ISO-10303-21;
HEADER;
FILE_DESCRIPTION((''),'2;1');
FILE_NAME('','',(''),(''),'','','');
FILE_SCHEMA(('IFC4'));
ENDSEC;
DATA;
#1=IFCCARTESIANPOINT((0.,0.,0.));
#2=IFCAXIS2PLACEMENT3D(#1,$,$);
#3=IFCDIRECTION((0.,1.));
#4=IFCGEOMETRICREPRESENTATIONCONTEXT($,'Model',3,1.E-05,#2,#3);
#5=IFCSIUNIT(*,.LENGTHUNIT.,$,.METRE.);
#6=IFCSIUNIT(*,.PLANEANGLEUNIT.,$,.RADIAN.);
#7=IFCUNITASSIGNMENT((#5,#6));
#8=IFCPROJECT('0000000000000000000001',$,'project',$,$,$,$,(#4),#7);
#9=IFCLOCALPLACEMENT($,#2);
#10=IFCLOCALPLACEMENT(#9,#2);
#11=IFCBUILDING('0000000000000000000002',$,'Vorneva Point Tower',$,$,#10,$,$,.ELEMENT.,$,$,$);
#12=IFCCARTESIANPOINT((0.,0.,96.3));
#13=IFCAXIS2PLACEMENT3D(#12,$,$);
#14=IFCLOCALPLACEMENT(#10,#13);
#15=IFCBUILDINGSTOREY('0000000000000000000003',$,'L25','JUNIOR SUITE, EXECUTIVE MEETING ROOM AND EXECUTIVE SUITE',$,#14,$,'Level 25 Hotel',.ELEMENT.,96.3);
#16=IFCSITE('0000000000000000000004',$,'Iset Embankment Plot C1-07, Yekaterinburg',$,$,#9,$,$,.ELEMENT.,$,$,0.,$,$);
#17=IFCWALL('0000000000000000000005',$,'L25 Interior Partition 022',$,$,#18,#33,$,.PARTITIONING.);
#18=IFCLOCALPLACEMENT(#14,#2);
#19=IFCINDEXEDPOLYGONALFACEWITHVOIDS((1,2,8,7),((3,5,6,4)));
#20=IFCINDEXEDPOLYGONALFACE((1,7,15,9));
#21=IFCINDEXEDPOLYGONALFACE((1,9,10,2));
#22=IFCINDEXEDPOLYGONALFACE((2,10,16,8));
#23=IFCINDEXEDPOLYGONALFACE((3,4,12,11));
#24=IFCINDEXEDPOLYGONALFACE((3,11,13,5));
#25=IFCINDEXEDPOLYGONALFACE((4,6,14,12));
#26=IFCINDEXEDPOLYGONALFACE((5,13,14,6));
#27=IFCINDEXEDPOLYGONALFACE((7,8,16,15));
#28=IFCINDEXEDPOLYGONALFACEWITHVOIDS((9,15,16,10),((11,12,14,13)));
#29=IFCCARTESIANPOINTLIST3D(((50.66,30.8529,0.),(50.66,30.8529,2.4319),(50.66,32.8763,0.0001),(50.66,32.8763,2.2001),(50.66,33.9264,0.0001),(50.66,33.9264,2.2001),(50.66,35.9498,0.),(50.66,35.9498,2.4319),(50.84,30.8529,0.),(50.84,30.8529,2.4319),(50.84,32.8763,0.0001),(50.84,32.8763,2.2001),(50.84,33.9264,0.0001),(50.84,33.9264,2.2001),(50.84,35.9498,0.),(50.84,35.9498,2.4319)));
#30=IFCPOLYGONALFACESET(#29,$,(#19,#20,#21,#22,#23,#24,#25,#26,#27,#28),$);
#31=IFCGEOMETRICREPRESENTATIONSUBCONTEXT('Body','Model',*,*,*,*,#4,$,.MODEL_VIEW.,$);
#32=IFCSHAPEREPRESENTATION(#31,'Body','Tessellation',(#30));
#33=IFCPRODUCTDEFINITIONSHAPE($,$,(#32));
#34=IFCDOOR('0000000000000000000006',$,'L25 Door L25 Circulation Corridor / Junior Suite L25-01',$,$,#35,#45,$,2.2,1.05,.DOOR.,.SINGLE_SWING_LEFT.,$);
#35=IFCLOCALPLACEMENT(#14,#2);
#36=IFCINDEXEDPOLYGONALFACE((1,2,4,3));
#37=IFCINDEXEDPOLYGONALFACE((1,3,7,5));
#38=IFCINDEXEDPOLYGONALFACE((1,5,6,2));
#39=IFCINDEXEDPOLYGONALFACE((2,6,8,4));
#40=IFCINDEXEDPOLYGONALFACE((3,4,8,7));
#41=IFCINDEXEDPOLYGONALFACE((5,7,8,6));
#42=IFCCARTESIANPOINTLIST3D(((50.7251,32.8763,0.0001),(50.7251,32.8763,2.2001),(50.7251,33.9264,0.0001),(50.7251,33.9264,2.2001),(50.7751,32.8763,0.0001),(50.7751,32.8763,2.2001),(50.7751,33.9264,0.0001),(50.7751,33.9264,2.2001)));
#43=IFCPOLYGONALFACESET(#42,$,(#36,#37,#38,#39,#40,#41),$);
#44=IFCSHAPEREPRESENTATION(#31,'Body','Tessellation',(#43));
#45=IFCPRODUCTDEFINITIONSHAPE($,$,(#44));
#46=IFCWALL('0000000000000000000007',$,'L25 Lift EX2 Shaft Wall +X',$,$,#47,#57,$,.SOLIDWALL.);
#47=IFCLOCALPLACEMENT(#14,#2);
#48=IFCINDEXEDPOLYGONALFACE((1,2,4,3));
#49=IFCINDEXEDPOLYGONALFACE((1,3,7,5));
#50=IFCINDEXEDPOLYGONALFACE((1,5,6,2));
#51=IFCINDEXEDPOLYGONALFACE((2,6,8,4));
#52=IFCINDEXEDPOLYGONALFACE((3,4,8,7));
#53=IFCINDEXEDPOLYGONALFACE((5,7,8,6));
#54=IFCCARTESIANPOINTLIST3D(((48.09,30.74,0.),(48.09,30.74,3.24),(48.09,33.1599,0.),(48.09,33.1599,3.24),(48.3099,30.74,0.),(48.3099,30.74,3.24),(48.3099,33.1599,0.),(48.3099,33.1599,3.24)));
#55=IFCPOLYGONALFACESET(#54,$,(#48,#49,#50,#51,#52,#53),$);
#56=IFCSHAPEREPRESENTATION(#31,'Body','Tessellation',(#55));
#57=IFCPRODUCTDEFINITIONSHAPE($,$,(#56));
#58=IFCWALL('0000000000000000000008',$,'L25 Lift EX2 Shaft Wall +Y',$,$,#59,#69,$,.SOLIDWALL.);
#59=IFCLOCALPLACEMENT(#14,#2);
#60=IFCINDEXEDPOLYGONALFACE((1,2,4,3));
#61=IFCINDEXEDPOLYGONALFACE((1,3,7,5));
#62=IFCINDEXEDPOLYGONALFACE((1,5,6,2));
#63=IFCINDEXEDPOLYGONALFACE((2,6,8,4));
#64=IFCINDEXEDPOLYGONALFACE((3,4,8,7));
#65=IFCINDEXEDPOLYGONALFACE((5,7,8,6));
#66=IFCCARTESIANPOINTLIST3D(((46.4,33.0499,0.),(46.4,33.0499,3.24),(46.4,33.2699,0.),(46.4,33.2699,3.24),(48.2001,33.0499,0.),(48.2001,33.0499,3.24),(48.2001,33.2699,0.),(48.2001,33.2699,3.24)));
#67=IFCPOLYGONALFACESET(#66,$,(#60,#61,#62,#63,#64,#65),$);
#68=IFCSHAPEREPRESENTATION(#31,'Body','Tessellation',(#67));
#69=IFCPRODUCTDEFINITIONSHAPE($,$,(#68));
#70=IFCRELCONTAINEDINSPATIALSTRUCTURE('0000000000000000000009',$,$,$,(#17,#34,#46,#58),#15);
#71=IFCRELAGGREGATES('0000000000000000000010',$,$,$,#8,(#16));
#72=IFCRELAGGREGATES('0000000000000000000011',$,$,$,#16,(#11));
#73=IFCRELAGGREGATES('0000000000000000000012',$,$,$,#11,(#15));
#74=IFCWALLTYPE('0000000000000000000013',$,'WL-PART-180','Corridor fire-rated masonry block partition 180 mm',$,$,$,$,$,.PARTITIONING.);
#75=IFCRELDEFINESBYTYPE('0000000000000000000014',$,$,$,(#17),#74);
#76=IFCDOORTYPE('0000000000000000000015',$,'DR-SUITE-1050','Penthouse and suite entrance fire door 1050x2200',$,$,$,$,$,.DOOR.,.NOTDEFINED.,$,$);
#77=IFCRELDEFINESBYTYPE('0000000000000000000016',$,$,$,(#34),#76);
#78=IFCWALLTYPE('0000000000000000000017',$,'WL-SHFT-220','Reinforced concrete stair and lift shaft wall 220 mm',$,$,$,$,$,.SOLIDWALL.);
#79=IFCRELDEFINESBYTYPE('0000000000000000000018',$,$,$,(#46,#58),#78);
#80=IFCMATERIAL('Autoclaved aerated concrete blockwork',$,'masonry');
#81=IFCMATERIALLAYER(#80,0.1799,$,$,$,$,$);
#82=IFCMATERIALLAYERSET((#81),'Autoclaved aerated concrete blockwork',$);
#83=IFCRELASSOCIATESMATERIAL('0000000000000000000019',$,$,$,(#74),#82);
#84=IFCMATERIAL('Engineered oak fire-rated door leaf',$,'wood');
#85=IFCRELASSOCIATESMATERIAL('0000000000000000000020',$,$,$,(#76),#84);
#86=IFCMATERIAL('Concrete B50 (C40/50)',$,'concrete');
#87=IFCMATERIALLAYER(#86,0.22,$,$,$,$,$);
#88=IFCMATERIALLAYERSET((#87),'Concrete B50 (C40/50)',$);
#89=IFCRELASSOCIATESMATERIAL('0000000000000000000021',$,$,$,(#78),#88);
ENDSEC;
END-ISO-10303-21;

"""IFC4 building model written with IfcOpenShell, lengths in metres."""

from ifc_helpers import new_model, si_unit, direction, frame, frame_2d, origin, place, context, subcontext, project, spatial, rectangle, extrude, material, layer, layer_set, type_object, element, fill, save


model = new_model("IFC4")

# Units and contexts
model_context = context("Model", 3, precision=1e-05, world=origin(), true_north=direction((0.0, 1.0)))
body_context = subcontext(model_context, "Body", "Model", "MODEL_VIEW")
ifc_project = project(units=[si_unit("LENGTHUNIT", "METRE"), si_unit("PLANEANGLEUNIT", "RADIAN")], contexts=[model_context])

# Site, building, storey
site_placement = place(None, origin())
site = spatial("IfcSite", under=ifc_project, at=site_placement, Name="Iset Embankment Plot C1-07, Yekaterinburg", CompositionType="ELEMENT", RefElevation=0.0)
building_placement = place(site_placement, origin())
building = spatial("IfcBuilding", under=site, at=building_placement, Name="Vorneva Point Tower", CompositionType="ELEMENT")
storey_placement = place(building_placement, frame((0.0, 0.0, 96.3)))
storey = spatial("IfcBuildingStorey", under=building, at=storey_placement, Name="L25", Description="JUNIOR SUITE, EXECUTIVE MEETING ROOM AND EXECUTIVE SUITE", LongName="Level 25 Hotel", CompositionType="ELEMENT", Elevation=96.3)

# Shared definitions
ifc_material_1 = material(Name="Engineered oak fire-rated door leaf", Category="wood")

# Wall, opening, door
ifc_material_2 = material(Name="Autoclaved aerated concrete blockwork", Category="masonry")
ifc_layer_1 = layer(ifc_material_2, 0.1799)
ifc_layer_set_1 = layer_set([ifc_layer_1], Name="Autoclaved aerated concrete blockwork")
wall_type_1 = type_object("IfcWallType", Name="WL-PART-180", Description="Corridor fire-rated masonry block partition 180 mm", PredefinedType="PARTITIONING", material=ifc_layer_set_1)
wall_1_placement = place(storey_placement, frame((50.75, 30.853, 0.0), z_axis=(0.0, 0.0, 1.0), x_axis=(0.0, 1.0, 0.0)))
wall_1 = element("IfcWall", 1, at=wall_1_placement, inside=storey, type_object=wall_type_1, Name="L25 Interior Partition 022", PredefinedType="PARTITIONING", context=body_context, shape_type="SweptSolid", body=[
    extrude(rectangle(XDim=5.0969, YDim=0.1799, at=frame_2d((2.5483, 0.0))), origin(), (0.0, 0.0, 1.0), 2.4319),
])
opening_1_placement = place(wall_1_placement, frame((2.0234, 0.0, 0.0)))
opening_1 = element("IfcOpeningElement", 2, at=opening_1_placement, cuts=wall_1, PredefinedType="OPENING", context=body_context, shape_type="SweptSolid", body=[
    extrude(rectangle(XDim=1.05, YDim=2.2, at=frame_2d((0.5249, 1.1001))), frame((0.0, 0.105, 0.0), z_axis=(0.0, -1.0, 0.0), x_axis=(1.0, 0.0, 0.0)), (0.0, 0.0, 1.0), 0.2097),
])
door_type_1 = type_object("IfcDoorType", Name="DR-SUITE-1050", Description="Penthouse and suite entrance fire door 1050x2200", OperationType="NOTDEFINED", PredefinedType="DOOR", material=ifc_material_1)
door_1_placement = place(opening_1_placement, origin())
door_1 = element("IfcDoor", 3, at=door_1_placement, inside=storey, type_object=door_type_1, Name="L25 Door L25 Circulation Corridor / Junior Suite L25-01", OperationType="SINGLE_SWING_LEFT", OverallHeight=2.2, OverallWidth=1.05, PredefinedType="DOOR", context=body_context, shape_type="SweptSolid", body=[
    extrude(rectangle(XDim=1.05, YDim=2.2, at=frame_2d((0.5249, 1.1001))), frame((0.0, 0.0249, 0.0), z_axis=(0.0, -1.0, 0.0), x_axis=(1.0, 0.0, 0.0)), (0.0, 0.0, 1.0), 0.05),
])
fill(opening_1, door_1)

# Walls
ifc_material_3 = material(Name="Concrete B50 (C40/50)", Category="concrete")
ifc_layer_2 = layer(ifc_material_3, 0.22)
ifc_layer_set_2 = layer_set([ifc_layer_2], Name="Concrete B50 (C40/50)")
wall_type_2 = type_object("IfcWallType", Name="WL-SHFT-220", Description="Reinforced concrete stair and lift shaft wall 220 mm", PredefinedType="SOLIDWALL", material=ifc_layer_set_2)
wall_2_placement = place(storey_placement, frame((48.2, 30.74, 0.0), z_axis=(0.0, 0.0, 1.0), x_axis=(0.0, 1.0, 0.0)))
element("IfcWall", 4, at=wall_2_placement, inside=storey, type_object=wall_type_2, Name="L25 Lift EX2 Shaft Wall +X", PredefinedType="SOLIDWALL", context=body_context, shape_type="SweptSolid", body=[
    extrude(rectangle(XDim=2.4199, YDim=0.22, at=frame_2d((1.21, 0.0))), origin(), (0.0, 0.0, 1.0), 3.24),
])
wall_3_placement = place(storey_placement, frame((48.2, 33.1599, 0.0), z_axis=(0.0, 0.0, 1.0), x_axis=(-1.0, 0.0, 0.0)))
element("IfcWall", 5, at=wall_3_placement, inside=storey, type_object=wall_type_2, Name="L25 Lift EX2 Shaft Wall +Y", PredefinedType="SOLIDWALL", context=body_context, shape_type="SweptSolid", body=[
    extrude(rectangle(XDim=1.8, YDim=0.22, at=frame_2d((0.8999, 0.0))), origin(), (0.0, 0.0, 1.0), 3.24),
])

save(model, "model.ifc")
